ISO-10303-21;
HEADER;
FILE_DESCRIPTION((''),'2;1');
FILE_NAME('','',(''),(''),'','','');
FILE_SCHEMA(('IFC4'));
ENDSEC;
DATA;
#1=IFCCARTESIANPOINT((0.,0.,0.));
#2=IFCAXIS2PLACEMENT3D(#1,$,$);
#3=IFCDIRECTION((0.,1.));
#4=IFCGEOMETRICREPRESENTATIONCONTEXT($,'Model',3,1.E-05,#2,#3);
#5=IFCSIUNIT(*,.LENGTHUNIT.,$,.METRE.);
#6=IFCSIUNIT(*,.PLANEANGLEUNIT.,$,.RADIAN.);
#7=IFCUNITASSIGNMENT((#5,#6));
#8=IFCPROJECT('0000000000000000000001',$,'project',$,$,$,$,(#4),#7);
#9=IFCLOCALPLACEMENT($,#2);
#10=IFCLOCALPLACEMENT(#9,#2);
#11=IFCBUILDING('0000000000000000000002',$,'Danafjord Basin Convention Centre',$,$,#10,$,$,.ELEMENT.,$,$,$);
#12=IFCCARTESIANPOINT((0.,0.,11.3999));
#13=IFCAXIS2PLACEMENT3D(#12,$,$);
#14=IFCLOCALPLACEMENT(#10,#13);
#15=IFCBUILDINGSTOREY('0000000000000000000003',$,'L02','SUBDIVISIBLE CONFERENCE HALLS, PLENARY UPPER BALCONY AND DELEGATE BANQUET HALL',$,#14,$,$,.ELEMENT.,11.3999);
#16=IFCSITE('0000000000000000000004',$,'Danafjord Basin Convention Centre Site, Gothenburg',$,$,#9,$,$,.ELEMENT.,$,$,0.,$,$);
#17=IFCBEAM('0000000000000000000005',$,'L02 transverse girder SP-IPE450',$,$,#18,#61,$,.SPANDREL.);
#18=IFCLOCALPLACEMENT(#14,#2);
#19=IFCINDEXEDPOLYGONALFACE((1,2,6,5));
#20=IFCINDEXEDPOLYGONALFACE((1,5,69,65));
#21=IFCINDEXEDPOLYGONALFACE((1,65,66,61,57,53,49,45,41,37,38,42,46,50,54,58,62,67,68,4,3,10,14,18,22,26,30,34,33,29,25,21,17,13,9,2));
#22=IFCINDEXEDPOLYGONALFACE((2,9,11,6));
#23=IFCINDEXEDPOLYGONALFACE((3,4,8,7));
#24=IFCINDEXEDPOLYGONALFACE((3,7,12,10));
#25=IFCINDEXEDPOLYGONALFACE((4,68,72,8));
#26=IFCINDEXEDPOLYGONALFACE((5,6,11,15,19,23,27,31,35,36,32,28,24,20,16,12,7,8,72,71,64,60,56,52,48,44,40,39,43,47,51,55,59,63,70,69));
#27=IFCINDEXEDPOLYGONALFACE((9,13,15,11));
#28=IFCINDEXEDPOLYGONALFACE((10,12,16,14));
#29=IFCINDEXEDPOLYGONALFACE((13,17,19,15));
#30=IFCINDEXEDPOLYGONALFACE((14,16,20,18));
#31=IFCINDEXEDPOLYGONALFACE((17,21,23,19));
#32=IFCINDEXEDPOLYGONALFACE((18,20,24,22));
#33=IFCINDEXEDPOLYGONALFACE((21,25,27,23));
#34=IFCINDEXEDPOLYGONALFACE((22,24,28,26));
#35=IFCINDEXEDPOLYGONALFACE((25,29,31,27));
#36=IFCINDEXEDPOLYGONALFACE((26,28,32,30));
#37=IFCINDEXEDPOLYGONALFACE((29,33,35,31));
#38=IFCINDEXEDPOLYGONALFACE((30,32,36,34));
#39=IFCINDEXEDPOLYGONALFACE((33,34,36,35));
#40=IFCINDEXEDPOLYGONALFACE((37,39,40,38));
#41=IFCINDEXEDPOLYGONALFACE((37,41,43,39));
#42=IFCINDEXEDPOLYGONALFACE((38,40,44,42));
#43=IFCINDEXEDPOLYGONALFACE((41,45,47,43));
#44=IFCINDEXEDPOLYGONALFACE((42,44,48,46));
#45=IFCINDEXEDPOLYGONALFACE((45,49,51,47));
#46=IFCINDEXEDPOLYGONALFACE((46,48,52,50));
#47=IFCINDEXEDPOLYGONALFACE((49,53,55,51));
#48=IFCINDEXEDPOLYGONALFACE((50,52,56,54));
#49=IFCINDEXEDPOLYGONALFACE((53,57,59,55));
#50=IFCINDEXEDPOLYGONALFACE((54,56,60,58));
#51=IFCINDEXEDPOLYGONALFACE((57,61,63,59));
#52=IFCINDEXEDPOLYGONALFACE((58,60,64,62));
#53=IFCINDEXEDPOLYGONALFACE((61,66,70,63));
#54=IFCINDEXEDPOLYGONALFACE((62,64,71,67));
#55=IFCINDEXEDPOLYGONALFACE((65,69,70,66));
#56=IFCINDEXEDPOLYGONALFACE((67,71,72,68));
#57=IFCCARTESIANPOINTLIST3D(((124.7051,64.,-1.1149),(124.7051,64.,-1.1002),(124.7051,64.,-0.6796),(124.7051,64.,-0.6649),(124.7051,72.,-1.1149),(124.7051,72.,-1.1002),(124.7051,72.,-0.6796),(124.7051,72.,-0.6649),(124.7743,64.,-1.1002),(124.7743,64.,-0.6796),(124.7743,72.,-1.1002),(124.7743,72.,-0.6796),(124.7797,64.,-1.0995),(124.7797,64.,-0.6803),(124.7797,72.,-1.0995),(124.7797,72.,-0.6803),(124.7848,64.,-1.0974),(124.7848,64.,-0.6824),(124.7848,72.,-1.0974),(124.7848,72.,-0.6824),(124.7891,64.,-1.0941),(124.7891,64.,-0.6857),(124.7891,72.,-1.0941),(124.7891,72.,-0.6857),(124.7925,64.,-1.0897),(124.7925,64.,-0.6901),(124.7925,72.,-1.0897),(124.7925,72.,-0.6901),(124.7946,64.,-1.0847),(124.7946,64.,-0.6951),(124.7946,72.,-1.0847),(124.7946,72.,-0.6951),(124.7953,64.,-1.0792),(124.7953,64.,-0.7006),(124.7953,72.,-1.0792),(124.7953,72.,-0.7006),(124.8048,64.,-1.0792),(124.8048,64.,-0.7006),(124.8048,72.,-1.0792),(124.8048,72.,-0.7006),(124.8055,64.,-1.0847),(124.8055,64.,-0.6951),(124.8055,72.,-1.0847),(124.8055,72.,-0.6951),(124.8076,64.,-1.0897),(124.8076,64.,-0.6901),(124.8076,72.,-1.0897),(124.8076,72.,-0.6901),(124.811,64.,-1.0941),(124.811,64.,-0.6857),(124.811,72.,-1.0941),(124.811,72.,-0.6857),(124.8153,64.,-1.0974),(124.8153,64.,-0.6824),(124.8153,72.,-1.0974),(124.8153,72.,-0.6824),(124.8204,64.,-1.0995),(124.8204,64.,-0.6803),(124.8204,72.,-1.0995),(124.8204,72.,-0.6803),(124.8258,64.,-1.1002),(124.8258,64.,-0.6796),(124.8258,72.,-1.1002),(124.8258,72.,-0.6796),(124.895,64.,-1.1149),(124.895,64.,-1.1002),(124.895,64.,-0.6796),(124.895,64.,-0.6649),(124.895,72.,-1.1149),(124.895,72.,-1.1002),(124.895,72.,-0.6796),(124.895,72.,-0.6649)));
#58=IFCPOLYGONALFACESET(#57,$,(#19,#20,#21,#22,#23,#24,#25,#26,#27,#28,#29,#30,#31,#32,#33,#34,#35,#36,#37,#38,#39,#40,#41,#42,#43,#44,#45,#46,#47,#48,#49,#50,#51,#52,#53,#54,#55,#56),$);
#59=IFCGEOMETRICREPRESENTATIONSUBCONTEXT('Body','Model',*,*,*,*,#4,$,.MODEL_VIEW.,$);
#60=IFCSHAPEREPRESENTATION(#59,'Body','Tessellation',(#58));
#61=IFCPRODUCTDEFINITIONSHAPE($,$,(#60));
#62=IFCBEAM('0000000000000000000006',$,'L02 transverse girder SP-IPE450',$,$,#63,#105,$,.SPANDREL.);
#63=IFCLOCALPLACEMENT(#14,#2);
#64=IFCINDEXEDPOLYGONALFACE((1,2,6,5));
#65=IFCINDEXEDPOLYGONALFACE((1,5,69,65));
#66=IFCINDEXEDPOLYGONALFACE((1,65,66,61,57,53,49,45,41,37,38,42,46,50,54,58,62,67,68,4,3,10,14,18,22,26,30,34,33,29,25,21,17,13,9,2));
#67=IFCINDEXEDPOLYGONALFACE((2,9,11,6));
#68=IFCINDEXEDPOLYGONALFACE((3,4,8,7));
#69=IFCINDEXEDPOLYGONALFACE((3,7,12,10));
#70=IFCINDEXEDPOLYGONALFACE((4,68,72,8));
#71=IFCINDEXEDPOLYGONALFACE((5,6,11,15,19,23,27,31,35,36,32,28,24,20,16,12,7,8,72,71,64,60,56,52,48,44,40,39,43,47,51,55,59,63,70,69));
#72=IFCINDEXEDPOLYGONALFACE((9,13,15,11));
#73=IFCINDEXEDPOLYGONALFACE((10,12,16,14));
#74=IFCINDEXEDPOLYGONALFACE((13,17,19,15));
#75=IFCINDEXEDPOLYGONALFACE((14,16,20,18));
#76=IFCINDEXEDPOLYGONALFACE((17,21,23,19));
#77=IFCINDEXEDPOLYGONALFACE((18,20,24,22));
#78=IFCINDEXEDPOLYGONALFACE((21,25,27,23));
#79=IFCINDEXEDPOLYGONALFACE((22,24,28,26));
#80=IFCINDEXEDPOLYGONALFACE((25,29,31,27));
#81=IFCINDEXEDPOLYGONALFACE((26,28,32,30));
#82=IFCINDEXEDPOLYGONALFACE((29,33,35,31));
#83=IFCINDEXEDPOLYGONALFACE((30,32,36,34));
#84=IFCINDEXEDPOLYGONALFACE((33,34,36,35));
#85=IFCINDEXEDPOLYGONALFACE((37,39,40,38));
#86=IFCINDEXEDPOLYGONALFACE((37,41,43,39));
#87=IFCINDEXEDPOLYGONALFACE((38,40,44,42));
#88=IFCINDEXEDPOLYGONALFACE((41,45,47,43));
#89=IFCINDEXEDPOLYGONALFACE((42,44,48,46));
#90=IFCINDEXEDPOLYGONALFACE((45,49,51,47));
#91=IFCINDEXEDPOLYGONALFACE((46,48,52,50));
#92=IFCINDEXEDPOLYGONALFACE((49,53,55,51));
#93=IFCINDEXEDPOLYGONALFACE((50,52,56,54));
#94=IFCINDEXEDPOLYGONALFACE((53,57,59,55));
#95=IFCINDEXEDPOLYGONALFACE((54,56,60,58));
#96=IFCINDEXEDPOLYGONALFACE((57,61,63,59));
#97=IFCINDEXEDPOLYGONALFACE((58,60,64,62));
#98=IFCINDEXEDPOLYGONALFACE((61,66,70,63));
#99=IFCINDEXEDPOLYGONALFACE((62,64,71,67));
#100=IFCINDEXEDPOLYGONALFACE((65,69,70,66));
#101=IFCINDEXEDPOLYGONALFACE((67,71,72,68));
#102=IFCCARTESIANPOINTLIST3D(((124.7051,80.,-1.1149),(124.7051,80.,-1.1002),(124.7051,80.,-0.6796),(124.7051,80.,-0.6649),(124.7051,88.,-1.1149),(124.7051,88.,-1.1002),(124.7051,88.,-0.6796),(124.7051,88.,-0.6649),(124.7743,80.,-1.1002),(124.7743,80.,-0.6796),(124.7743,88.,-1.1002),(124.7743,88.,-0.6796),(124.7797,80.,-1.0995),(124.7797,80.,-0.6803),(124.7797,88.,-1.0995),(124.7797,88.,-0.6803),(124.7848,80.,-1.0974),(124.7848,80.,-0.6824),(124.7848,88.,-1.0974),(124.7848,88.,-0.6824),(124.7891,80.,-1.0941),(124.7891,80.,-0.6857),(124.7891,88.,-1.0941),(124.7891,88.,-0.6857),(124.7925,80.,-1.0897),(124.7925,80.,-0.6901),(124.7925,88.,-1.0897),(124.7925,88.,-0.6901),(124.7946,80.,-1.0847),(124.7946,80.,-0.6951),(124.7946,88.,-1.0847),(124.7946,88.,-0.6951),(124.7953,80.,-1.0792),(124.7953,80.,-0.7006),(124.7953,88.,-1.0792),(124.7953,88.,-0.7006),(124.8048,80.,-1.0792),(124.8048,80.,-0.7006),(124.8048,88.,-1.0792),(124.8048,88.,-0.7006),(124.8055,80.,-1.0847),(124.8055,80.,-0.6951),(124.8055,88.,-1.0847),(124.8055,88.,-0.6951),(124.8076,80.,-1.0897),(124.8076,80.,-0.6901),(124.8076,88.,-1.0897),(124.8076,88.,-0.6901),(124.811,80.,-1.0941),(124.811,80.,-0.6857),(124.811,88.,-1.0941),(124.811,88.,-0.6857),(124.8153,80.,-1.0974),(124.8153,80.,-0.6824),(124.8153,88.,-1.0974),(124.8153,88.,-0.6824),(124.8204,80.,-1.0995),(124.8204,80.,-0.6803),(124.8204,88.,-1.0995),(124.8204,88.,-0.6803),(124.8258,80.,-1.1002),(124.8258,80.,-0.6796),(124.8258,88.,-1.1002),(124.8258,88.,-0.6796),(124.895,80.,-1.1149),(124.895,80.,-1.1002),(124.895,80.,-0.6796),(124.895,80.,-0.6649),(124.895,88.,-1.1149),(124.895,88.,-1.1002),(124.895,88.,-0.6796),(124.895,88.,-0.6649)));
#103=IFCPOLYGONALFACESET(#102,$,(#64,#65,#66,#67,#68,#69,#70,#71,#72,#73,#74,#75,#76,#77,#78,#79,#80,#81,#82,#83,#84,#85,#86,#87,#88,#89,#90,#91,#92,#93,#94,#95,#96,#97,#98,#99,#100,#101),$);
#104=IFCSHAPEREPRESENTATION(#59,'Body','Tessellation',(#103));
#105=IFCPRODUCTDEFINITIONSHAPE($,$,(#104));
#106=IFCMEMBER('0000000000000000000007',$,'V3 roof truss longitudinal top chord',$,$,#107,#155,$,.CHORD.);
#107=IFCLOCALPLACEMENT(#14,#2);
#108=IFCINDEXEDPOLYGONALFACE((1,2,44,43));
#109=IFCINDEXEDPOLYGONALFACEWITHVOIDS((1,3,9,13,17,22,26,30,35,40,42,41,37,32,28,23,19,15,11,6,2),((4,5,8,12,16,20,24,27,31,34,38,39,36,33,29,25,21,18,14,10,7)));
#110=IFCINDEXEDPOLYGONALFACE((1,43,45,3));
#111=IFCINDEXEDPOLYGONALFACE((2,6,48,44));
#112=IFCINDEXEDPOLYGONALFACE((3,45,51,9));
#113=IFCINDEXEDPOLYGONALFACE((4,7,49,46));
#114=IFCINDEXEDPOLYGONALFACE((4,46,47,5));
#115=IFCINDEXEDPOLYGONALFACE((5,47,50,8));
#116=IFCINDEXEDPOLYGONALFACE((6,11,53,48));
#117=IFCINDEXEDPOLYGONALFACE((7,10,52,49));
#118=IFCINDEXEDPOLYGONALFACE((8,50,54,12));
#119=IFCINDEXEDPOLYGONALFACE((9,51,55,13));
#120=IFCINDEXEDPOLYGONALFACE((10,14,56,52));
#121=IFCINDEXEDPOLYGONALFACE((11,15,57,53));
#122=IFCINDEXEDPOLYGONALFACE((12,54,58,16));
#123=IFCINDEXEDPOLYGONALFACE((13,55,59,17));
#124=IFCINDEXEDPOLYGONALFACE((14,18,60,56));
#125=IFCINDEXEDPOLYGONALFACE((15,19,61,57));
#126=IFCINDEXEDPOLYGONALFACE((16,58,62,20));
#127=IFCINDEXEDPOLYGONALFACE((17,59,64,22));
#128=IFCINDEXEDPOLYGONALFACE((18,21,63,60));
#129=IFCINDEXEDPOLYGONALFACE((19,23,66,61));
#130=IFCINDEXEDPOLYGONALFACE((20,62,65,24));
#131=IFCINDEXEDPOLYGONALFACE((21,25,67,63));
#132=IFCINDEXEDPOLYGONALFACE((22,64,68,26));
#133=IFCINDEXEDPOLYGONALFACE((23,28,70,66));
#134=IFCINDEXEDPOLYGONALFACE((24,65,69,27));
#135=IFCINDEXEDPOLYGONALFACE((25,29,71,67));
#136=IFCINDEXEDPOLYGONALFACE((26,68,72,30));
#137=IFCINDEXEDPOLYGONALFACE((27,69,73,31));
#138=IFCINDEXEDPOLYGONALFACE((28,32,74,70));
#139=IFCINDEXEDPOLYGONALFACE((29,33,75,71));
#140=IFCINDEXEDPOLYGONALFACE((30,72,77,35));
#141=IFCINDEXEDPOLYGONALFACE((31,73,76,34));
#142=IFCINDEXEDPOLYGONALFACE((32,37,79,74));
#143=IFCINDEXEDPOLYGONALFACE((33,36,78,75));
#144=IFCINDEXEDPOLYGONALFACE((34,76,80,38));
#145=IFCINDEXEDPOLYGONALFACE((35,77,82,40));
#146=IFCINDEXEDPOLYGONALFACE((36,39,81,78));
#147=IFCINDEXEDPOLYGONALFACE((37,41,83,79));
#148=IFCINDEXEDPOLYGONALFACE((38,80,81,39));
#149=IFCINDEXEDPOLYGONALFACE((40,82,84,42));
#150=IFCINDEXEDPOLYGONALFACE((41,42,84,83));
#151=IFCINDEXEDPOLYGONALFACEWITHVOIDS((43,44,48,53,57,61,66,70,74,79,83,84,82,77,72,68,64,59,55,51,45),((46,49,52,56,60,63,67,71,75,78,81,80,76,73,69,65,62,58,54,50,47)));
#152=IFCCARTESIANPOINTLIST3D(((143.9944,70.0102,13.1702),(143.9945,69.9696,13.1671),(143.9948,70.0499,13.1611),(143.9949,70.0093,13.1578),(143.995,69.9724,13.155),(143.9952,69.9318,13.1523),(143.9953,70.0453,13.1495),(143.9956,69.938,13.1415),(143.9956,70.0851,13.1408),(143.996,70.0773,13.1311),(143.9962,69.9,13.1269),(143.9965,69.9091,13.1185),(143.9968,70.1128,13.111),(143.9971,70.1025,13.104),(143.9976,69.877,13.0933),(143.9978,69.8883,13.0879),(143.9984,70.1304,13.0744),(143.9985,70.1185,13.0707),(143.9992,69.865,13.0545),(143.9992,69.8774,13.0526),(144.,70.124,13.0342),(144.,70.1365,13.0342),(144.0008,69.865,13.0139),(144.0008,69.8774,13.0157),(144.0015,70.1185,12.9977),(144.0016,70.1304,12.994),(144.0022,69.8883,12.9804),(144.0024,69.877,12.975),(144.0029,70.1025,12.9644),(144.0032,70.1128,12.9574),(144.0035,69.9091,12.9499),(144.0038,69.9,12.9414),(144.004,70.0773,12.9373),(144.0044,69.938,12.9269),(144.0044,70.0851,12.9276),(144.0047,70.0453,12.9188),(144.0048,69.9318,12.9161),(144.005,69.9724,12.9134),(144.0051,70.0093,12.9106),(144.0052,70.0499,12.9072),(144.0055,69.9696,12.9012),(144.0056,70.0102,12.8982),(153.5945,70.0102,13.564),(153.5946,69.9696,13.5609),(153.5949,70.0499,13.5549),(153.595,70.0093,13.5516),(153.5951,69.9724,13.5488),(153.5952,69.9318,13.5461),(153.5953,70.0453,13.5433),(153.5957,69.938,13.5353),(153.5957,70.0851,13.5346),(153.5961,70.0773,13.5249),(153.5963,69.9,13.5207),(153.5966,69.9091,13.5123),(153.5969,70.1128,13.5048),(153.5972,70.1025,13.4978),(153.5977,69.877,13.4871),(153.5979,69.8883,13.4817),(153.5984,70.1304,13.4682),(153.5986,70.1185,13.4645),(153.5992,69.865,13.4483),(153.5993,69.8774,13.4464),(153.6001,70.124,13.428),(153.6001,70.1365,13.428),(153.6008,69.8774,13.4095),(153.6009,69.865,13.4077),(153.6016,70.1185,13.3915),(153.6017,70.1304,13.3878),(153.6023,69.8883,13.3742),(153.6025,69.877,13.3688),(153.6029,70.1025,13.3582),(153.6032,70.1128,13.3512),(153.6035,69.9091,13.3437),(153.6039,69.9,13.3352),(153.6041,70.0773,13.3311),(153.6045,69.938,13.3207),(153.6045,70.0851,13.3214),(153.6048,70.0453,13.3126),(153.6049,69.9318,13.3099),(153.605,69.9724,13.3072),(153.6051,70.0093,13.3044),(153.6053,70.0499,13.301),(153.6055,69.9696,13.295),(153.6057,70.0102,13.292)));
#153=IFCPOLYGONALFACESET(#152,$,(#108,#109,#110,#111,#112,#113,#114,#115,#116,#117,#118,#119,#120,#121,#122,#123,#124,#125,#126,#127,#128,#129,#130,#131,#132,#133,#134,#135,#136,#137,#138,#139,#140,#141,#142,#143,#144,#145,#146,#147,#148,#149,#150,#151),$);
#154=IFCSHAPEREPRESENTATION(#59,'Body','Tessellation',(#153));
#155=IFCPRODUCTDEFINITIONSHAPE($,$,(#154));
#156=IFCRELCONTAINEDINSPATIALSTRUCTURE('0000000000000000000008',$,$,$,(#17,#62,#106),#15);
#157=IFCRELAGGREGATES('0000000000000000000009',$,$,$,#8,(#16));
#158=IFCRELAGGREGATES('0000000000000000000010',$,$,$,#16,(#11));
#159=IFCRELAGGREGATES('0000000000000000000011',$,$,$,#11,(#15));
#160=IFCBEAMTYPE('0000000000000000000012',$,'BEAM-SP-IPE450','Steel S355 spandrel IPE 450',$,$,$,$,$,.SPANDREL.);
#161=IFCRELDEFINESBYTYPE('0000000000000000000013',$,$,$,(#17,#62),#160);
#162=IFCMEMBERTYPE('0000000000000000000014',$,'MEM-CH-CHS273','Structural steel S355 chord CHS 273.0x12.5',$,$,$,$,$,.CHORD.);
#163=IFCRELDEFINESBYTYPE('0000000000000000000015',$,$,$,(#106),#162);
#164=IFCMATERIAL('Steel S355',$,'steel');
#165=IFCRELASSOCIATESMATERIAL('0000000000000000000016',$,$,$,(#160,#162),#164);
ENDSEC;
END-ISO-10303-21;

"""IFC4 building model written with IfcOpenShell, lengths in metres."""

from ifc_helpers import new_model, si_unit, direction, frame, origin, origin_2d, place, context, subcontext, project, spatial, hollow_circle, i_section, extrude, material, material_profile, profile_set, type_object, element, save


model = new_model("IFC4")

# Units and contexts
model_context = context("Model", 3, precision=1e-05, world=origin(), true_north=direction((0.0, 1.0)))
body_context = subcontext(model_context, "Body", "Model", "MODEL_VIEW")
ifc_project = project(units=[si_unit("LENGTHUNIT", "METRE"), si_unit("PLANEANGLEUNIT", "RADIAN")], contexts=[model_context])

# Site, building, storey
site_placement = place(None, origin())
site = spatial("IfcSite", under=ifc_project, at=site_placement, Name="Danafjord Basin Convention Centre Site, Gothenburg", CompositionType="ELEMENT", RefElevation=0.0)
building_placement = place(site_placement, origin())
building = spatial("IfcBuilding", under=site, at=building_placement, Name="Danafjord Basin Convention Centre", CompositionType="ELEMENT")
storey_placement = place(building_placement, frame((0.0, 0.0, 11.3999)))
storey = spatial("IfcBuildingStorey", under=building, at=storey_placement, Name="L02", Description="SUBDIVISIBLE CONFERENCE HALLS, PLENARY UPPER BALCONY AND DELEGATE BANQUET HALL", CompositionType="ELEMENT", Elevation=11.3999)

# Shared definitions
ifc_material_1 = material(Name="Steel S355", Category="steel")

# Beams
ifc_material_profile_1 = material_profile(ifc_material_1, i_section(OverallWidth=0.1899, OverallDepth=0.45, WebThickness=0.0095, FlangeThickness=0.0146, FilletRadius=0.021, at=origin_2d()), Name="IPE 450")
ifc_profile_set_1 = profile_set([ifc_material_profile_1], Name="Steel S355")
beam_type_1 = type_object("IfcBeamType", Name="BEAM-SP-IPE450", Description="Steel S355 spandrel IPE 450", PredefinedType="SPANDREL", material=ifc_profile_set_1)
for number, where, z_axis, x_axis, name in (
    (1, (124.8, 64.0, -0.8899), (0.0, 1.0, 0.0), (-1.0, 0.0, 0.0), "L02 transverse girder SP-IPE450"),
    (2, (124.8, 80.0, -0.8899), (0.0, 1.0, 0.0), (-1.0, 0.0, 0.0), "L02 transverse girder SP-IPE450"),
):
    element("IfcBeam", number, at=place(storey_placement, frame(where, z_axis=z_axis, x_axis=x_axis)), inside=storey, type_object=beam_type_1, Name=name, PredefinedType="SPANDREL", context=body_context, shape_type="SweptSolid", body=[
        extrude(i_section(OverallWidth=0.1899, OverallDepth=0.45, WebThickness=0.0095, FlangeThickness=0.0146, FilletRadius=0.021, at=origin_2d()), origin(), (0.0, 0.0, 1.0), 8.0),
    ])

# Member
ifc_material_profile_2 = material_profile(ifc_material_1, hollow_circle(Radius=0.1365, WallThickness=0.0125, at=origin_2d()), Name="CHS 273.0x12.5")
ifc_profile_set_2 = profile_set([ifc_material_profile_2], Name="Steel S355")
member_type_1 = type_object("IfcMemberType", Name="MEM-CH-CHS273", Description="Structural steel S355 chord CHS 273.0x12.5", PredefinedType="CHORD", material=ifc_profile_set_2)
member_1_placement = place(storey_placement, frame((144.0, 70.0, 13.0342), z_axis=(0.99916, 0.0, 0.040986), x_axis=(0.0, 1.0, 0.0)))
element("IfcMember", 3, at=member_1_placement, inside=storey, type_object=member_type_1, Name="V3 roof truss longitudinal top chord", PredefinedType="CHORD", context=body_context, shape_type="SweptSolid", body=[
    extrude(hollow_circle(Radius=0.1365, WallThickness=0.0125, at=origin_2d()), origin(), (0.0, 0.0, 1.0), 9.6082),
])

save(model, "model.ifc")
